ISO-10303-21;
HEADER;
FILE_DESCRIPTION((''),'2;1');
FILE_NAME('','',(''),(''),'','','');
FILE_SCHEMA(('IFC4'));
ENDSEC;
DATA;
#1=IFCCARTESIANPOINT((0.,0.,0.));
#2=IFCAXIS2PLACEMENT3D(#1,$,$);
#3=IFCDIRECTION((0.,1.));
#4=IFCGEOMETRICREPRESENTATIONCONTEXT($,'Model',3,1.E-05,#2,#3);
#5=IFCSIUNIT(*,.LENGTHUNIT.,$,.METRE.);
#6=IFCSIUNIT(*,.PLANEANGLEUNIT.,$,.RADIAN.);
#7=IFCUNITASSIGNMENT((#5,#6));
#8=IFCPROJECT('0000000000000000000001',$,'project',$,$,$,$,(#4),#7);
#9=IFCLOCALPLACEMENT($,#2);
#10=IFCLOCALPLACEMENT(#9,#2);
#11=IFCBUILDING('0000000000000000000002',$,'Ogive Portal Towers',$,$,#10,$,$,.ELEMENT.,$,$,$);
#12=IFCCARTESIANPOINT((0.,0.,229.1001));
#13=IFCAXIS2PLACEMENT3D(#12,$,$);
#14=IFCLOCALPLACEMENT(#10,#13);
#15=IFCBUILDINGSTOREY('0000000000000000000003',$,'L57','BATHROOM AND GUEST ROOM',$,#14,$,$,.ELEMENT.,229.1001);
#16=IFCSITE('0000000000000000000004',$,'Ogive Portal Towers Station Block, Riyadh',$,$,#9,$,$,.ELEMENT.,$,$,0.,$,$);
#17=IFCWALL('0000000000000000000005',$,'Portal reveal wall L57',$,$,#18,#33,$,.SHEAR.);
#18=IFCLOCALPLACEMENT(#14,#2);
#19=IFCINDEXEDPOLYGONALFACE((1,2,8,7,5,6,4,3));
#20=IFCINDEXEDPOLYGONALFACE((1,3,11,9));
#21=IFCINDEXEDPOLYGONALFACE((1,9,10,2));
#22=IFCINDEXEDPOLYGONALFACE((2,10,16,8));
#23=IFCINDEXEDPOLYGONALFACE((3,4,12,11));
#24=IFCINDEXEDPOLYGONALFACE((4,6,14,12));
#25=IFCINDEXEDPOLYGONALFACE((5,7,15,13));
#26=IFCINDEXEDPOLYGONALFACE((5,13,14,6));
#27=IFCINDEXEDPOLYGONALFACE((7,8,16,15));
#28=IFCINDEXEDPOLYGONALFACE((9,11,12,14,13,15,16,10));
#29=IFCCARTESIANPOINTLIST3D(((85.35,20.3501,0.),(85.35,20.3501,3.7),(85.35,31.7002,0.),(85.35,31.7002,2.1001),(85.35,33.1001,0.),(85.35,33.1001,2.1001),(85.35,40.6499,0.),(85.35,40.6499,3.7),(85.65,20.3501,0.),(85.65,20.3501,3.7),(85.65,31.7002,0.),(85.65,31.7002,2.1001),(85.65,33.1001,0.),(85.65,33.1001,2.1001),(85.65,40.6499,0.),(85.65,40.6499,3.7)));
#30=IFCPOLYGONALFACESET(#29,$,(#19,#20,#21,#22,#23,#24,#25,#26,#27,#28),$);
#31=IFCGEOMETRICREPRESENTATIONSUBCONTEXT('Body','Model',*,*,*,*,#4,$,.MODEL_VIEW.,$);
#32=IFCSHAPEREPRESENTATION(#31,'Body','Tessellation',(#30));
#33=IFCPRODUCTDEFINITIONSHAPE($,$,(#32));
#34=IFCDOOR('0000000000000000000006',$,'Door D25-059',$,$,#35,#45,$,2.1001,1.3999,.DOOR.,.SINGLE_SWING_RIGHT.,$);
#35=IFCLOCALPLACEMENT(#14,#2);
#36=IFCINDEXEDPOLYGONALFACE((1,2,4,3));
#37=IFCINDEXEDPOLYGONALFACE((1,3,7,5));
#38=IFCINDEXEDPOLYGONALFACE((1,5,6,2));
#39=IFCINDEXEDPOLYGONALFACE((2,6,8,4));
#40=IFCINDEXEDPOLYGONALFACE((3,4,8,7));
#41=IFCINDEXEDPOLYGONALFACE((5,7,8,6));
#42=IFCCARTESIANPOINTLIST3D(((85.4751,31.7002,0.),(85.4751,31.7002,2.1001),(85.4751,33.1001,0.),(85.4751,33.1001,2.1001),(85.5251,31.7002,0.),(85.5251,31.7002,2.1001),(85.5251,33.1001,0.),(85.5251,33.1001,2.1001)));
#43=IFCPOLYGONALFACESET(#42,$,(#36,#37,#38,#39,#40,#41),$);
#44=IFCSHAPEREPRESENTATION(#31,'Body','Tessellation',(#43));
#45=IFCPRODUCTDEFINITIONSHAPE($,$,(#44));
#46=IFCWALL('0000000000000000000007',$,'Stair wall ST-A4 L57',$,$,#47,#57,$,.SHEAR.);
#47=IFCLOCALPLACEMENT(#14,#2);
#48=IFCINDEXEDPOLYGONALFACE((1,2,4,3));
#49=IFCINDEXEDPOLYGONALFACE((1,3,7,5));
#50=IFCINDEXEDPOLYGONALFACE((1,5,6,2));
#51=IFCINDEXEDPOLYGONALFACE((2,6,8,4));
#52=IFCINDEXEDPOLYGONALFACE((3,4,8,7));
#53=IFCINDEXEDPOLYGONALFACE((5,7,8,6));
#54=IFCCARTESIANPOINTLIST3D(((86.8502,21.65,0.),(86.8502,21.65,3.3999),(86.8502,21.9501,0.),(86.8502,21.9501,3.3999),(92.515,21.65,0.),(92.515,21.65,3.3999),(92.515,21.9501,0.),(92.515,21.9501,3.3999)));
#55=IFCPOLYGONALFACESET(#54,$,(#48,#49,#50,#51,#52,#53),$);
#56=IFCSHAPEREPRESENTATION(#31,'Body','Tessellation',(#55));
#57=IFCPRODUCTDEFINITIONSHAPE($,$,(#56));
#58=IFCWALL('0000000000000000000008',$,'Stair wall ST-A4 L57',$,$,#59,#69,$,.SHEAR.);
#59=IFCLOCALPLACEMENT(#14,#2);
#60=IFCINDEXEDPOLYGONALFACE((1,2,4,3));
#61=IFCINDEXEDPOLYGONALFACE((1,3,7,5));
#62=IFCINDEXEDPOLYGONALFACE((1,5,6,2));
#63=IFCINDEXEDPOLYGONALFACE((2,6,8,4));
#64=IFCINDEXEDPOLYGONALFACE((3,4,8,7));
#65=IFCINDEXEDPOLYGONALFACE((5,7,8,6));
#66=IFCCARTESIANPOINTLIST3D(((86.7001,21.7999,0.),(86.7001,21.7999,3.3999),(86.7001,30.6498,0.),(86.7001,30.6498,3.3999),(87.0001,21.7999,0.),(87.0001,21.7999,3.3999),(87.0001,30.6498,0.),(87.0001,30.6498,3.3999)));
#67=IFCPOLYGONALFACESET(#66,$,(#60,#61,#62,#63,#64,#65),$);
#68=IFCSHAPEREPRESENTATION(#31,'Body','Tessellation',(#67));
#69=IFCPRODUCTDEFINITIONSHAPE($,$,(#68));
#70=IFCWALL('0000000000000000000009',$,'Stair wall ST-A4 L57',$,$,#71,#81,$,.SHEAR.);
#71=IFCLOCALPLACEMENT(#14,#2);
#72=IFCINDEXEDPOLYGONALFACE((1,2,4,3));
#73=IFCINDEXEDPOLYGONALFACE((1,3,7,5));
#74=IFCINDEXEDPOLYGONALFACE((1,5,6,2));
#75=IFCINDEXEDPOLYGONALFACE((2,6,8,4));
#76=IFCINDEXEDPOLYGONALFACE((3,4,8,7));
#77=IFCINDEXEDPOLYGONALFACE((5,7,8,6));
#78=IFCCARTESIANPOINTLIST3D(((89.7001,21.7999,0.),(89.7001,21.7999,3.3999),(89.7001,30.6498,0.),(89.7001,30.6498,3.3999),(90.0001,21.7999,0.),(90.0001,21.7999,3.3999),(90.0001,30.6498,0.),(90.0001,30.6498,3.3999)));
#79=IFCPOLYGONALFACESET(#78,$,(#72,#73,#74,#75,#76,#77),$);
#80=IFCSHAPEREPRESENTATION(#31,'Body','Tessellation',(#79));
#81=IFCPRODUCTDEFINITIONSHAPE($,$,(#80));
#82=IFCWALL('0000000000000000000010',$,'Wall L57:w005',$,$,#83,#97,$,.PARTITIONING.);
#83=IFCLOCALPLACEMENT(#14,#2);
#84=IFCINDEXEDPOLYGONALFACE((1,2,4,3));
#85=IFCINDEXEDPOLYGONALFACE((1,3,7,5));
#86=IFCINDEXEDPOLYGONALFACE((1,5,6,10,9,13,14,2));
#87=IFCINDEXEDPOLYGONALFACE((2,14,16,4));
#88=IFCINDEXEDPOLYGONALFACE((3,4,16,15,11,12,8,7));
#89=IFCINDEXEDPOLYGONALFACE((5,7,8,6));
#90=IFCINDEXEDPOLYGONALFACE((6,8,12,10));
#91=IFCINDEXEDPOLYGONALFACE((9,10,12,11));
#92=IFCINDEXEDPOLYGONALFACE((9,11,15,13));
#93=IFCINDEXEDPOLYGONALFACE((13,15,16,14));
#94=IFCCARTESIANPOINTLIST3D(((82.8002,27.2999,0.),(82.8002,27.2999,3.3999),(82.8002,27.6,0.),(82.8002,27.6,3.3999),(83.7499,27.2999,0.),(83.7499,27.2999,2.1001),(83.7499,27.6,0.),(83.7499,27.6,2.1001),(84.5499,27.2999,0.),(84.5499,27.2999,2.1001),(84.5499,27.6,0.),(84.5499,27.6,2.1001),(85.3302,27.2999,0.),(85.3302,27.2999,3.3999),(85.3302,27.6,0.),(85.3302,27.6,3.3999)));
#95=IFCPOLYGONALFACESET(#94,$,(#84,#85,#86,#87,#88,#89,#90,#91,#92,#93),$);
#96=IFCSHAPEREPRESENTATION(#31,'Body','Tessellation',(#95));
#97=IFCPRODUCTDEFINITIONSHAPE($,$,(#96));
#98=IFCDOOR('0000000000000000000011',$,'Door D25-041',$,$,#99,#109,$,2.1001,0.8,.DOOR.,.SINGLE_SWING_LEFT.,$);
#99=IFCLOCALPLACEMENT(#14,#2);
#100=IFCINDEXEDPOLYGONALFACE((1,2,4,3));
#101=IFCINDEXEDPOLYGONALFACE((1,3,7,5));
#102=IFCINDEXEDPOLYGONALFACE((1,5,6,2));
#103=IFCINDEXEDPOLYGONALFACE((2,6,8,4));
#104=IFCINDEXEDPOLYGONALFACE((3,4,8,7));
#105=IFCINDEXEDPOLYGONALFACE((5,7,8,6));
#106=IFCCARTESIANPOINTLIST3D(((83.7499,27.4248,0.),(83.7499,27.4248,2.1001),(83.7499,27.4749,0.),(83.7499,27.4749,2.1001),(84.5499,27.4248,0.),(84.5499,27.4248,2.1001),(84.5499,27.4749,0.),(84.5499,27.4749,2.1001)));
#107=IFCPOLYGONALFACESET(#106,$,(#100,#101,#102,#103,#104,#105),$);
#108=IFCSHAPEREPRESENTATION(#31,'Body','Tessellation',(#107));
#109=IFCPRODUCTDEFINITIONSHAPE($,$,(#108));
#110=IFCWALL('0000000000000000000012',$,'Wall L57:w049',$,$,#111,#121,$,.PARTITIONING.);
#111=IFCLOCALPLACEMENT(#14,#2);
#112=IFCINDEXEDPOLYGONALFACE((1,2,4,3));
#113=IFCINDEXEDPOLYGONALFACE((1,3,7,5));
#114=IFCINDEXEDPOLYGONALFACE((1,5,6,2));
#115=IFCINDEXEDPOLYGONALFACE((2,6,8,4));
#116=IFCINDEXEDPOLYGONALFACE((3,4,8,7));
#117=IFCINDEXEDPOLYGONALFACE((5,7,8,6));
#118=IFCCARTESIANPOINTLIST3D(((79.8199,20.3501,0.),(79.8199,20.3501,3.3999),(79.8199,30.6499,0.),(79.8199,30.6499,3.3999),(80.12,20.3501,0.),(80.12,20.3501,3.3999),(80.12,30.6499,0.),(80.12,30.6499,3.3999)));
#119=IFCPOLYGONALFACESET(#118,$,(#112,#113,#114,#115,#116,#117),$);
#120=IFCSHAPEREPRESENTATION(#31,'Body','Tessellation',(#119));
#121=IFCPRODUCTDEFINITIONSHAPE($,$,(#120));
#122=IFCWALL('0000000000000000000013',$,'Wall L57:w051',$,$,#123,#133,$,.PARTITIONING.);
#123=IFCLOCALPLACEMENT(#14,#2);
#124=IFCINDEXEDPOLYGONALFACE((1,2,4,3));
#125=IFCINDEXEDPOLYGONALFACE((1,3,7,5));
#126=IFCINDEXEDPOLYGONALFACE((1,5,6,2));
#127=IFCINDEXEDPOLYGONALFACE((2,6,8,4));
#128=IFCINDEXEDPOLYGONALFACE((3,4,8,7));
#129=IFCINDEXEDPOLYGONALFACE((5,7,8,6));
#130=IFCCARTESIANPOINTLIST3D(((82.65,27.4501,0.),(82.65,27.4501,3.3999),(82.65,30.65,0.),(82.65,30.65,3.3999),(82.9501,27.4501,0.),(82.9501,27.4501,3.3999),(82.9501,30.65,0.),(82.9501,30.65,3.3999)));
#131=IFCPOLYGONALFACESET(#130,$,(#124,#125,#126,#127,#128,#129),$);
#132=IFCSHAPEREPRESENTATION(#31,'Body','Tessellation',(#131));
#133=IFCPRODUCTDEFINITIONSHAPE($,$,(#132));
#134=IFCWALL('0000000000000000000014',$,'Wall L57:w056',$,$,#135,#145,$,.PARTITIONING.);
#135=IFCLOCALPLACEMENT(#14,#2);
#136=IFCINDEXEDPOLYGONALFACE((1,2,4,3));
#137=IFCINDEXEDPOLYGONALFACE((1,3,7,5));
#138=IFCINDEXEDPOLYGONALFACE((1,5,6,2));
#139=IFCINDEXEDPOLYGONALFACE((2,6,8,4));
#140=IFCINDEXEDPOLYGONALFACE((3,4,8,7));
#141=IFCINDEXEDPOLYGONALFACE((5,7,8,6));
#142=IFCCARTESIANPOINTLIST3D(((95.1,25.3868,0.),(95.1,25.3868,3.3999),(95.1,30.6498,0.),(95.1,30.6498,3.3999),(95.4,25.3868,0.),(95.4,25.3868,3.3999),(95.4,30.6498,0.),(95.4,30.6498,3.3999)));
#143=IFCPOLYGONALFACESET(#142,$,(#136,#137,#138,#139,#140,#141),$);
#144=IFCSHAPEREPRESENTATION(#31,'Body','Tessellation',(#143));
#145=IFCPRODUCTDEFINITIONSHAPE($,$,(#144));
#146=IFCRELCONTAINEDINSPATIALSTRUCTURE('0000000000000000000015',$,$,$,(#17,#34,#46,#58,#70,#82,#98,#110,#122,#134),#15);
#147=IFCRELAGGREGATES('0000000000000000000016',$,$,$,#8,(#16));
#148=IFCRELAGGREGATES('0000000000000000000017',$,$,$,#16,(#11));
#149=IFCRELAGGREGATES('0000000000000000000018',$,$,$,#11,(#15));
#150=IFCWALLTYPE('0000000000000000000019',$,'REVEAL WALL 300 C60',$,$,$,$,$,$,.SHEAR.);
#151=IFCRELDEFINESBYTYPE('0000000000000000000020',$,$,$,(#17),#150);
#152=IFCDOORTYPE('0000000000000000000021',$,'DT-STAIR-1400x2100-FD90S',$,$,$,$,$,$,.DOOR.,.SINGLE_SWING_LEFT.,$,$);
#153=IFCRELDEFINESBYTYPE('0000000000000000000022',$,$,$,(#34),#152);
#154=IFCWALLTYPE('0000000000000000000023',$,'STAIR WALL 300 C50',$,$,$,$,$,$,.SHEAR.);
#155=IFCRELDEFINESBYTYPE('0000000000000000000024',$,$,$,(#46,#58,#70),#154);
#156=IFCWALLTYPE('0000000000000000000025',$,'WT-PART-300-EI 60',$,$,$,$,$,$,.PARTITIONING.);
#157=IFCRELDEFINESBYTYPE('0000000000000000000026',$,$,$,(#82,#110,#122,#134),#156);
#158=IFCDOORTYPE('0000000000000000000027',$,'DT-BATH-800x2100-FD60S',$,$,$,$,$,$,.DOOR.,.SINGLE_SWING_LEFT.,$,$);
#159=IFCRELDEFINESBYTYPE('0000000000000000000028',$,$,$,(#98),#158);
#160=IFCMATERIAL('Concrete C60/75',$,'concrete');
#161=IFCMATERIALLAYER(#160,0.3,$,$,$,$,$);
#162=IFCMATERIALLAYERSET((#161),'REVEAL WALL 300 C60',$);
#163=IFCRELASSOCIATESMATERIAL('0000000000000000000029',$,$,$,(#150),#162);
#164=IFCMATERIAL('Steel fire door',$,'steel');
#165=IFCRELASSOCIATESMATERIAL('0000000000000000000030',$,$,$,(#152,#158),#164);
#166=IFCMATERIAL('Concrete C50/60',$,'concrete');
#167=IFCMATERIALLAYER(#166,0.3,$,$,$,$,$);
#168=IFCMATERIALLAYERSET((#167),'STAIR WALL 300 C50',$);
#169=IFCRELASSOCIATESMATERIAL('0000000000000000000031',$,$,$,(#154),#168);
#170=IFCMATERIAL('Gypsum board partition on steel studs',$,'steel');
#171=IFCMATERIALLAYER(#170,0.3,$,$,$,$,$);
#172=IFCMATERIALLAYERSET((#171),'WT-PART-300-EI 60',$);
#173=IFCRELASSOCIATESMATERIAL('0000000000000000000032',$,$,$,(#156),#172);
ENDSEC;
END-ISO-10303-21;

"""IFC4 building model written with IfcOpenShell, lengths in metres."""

from ifc_helpers import new_model, si_unit, direction, frame, frame_2d, origin, place, context, subcontext, project, spatial, rectangle, extrude, material, layer, layer_set, type_object, element, fill, save


model = new_model("IFC4")

# Units and contexts
model_context = context("Model", 3, precision=1e-05, world=origin(), true_north=direction((0.0, 1.0)))
body_context = subcontext(model_context, "Body", "Model", "MODEL_VIEW")
ifc_project = project(units=[si_unit("LENGTHUNIT", "METRE"), si_unit("PLANEANGLEUNIT", "RADIAN")], contexts=[model_context])

# Site, building, storey
site_placement = place(None, origin())
site = spatial("IfcSite", under=ifc_project, at=site_placement, Name="Ogive Portal Towers Station Block, Riyadh", CompositionType="ELEMENT", RefElevation=0.0)
building_placement = place(site_placement, origin())
building = spatial("IfcBuilding", under=site, at=building_placement, Name="Ogive Portal Towers", CompositionType="ELEMENT")
storey_placement = place(building_placement, frame((0.0, 0.0, 229.1001)))
storey = spatial("IfcBuildingStorey", under=building, at=storey_placement, Name="L57", Description="BATHROOM AND GUEST ROOM", CompositionType="ELEMENT", Elevation=229.1001)

# Shared definitions
ifc_material_1 = material(Name="Concrete C60/75", Category="concrete")

# Wall, opening, door
ifc_layer_1 = layer(ifc_material_1, 0.3)
ifc_layer_set_1 = layer_set([ifc_layer_1], Name="REVEAL WALL 300 C60")
wall_type_1 = type_object("IfcWallType", Name="REVEAL WALL 300 C60", PredefinedType="SHEAR", material=ifc_layer_set_1)
wall_1_placement = place(storey_placement, frame((85.5, 20.3501, 0.0), z_axis=(0.0, 0.0, 1.0), x_axis=(0.0, 1.0, 0.0)))
wall_1 = element("IfcWall", 1, at=wall_1_placement, inside=storey, type_object=wall_type_1, Name="Portal reveal wall L57", PredefinedType="SHEAR", context=body_context, shape_type="SweptSolid", body=[
    extrude(rectangle(XDim=20.2998, YDim=0.3, at=frame_2d((10.1499, 0.0))), origin(), (0.0, 0.0, 1.0), 3.7),
])
opening_1_placement = place(wall_1_placement, frame((11.3501, 0.0, 0.0)))
opening_1 = element("IfcOpeningElement", 2, at=opening_1_placement, cuts=wall_1, PredefinedType="OPENING", context=body_context, shape_type="SweptSolid", body=[
    extrude(rectangle(XDim=1.3999, YDim=2.1001, at=frame_2d((0.7, 1.05))), frame((0.0, 0.1602, 0.0), z_axis=(0.0, -1.0, 0.0), x_axis=(1.0, 0.0, 0.0)), (0.0, 0.0, 1.0), 0.3201),
])
ifc_material_2 = material(Name="Steel fire door", Category="steel")
door_type_1 = type_object("IfcDoorType", Name="DT-STAIR-1400x2100-FD90S", OperationType="SINGLE_SWING_LEFT", PredefinedType="DOOR", material=ifc_material_2)
door_1_placement = place(opening_1_placement, origin())
door_1 = element("IfcDoor", 3, at=door_1_placement, inside=storey, type_object=door_type_1, Name="Door D25-059", OperationType="SINGLE_SWING_RIGHT", OverallHeight=2.1001, OverallWidth=1.3999, PredefinedType="DOOR", context=body_context, shape_type="SweptSolid", body=[
    extrude(rectangle(XDim=1.3999, YDim=2.1001, at=frame_2d((0.7, 1.05))), frame((0.0, 0.0249, 0.0), z_axis=(0.0, -1.0, 0.0), x_axis=(1.0, 0.0, 0.0)), (0.0, 0.0, 1.0), 0.05),
])
fill(opening_1, door_1)

# Walls
ifc_material_3 = material(Name="Concrete C50/60", Category="concrete")
ifc_layer_2 = layer(ifc_material_3, 0.3)
ifc_layer_set_2 = layer_set([ifc_layer_2], Name="STAIR WALL 300 C50")
wall_type_2 = type_object("IfcWallType", Name="STAIR WALL 300 C50", PredefinedType="SHEAR", material=ifc_layer_set_2)
wall_2_placement = place(storey_placement, frame((86.8501, 21.8, 0.0), z_axis=(0.0, 0.0, 1.0), x_axis=(1.0, 0.0, 0.0)))
element("IfcWall", 4, at=wall_2_placement, inside=storey, type_object=wall_type_2, Name="Stair wall ST-A4 L57", PredefinedType="SHEAR", context=body_context, shape_type="SweptSolid", body=[
    extrude(rectangle(XDim=5.6648, YDim=0.3, at=frame_2d((2.8325, 0.0))), origin(), (0.0, 0.0, 1.0), 3.3999),
])
for number, where, z_axis, x_axis, name in (
    (5, (86.8501, 21.8, 0.0), (0.0, 0.0, 1.0), (0.0, 1.0, 0.0), "Stair wall ST-A4 L57"),
    (6, (89.8501, 21.8, 0.0), (0.0, 0.0, 1.0), (0.0, 1.0, 0.0), "Stair wall ST-A4 L57"),
):
    element("IfcWall", number, at=place(storey_placement, frame(where, z_axis=z_axis, x_axis=x_axis)), inside=storey, type_object=wall_type_2, Name=name, PredefinedType="SHEAR", context=body_context, shape_type="SweptSolid", body=[
        extrude(rectangle(XDim=8.8499, YDim=0.3, at=frame_2d((4.4248, 0.0))), origin(), (0.0, 0.0, 1.0), 3.3999),
    ])

# Wall, opening, door
ifc_material_4 = material(Name="Gypsum board partition on steel studs", Category="steel")
ifc_layer_3 = layer(ifc_material_4, 0.3)
ifc_layer_set_3 = layer_set([ifc_layer_3], Name="WT-PART-300-EI 60")
wall_type_3 = type_object("IfcWallType", Name="WT-PART-300-EI 60", PredefinedType="PARTITIONING", material=ifc_layer_set_3)
wall_3_placement = place(storey_placement, frame((82.8, 27.45, 0.0), z_axis=(0.0, 0.0, 1.0), x_axis=(1.0, 0.0, 0.0)))
wall_3 = element("IfcWall", 7, at=wall_3_placement, inside=storey, type_object=wall_type_3, Name="Wall L57:w005", PredefinedType="PARTITIONING", context=body_context, shape_type="SweptSolid", body=[
    extrude(rectangle(XDim=2.53, YDim=0.3, at=frame_2d((1.2651, 0.0))), origin(), (0.0, 0.0, 1.0), 3.3999),
])
opening_2_placement = place(wall_3_placement, frame((0.95, 0.0, 0.0)))
opening_2 = element("IfcOpeningElement", 8, at=opening_2_placement, cuts=wall_3, PredefinedType="OPENING", context=body_context, shape_type="SweptSolid", body=[
    extrude(rectangle(XDim=0.8, YDim=2.1001, at=frame_2d((0.3999, 1.05))), frame((0.0, 0.1602, 0.0), z_axis=(0.0, -1.0, 0.0), x_axis=(1.0, 0.0, 0.0)), (0.0, 0.0, 1.0), 0.3201),
])
door_type_2 = type_object("IfcDoorType", Name="DT-BATH-800x2100-FD60S", OperationType="SINGLE_SWING_LEFT", PredefinedType="DOOR", material=ifc_material_2)
door_2_placement = place(opening_2_placement, origin())
door_2 = element("IfcDoor", 9, at=door_2_placement, inside=storey, type_object=door_type_2, Name="Door D25-041", OperationType="SINGLE_SWING_LEFT", OverallHeight=2.1001, OverallWidth=0.8, PredefinedType="DOOR", context=body_context, shape_type="SweptSolid", body=[
    extrude(rectangle(XDim=0.8, YDim=2.1001, at=frame_2d((0.3999, 1.05))), frame((0.0, 0.0249, 0.0), z_axis=(0.0, -1.0, 0.0), x_axis=(1.0, 0.0, 0.0)), (0.0, 0.0, 1.0), 0.05),
])
fill(opening_2, door_2)

# Walls
wall_4_placement = place(storey_placement, frame((79.97, 20.3501, 0.0), z_axis=(0.0, 0.0, 1.0), x_axis=(0.0, 1.0, 0.0)))
element("IfcWall", 10, at=wall_4_placement, inside=storey, type_object=wall_type_3, Name="Wall L57:w049", PredefinedType="PARTITIONING", context=body_context, shape_type="SweptSolid", body=[
    extrude(rectangle(XDim=10.2998, YDim=0.3, at=frame_2d((5.1499, 0.0))), origin(), (0.0, 0.0, 1.0), 3.3999),
])
wall_5_placement = place(storey_placement, frame((82.8, 27.45, 0.0), z_axis=(0.0, 0.0, 1.0), x_axis=(0.0, 1.0, 0.0)))
element("IfcWall", 11, at=wall_5_placement, inside=storey, type_object=wall_type_3, Name="Wall L57:w051", PredefinedType="PARTITIONING", context=body_context, shape_type="SweptSolid", body=[
    extrude(rectangle(XDim=3.2, YDim=0.3, at=frame_2d((1.6001, 0.0))), origin(), (0.0, 0.0, 1.0), 3.3999),
])
wall_6_placement = place(storey_placement, frame((95.25, 25.387, 0.0), z_axis=(0.0, 0.0, 1.0), x_axis=(0.0, 1.0, 0.0)))
element("IfcWall", 12, at=wall_6_placement, inside=storey, type_object=wall_type_3, Name="Wall L57:w056", PredefinedType="PARTITIONING", context=body_context, shape_type="SweptSolid", body=[
    extrude(rectangle(XDim=5.2629, YDim=0.3, at=frame_2d((2.6313, 0.0))), origin(), (0.0, 0.0, 1.0), 3.3999),
])

save(model, "model.ifc")
